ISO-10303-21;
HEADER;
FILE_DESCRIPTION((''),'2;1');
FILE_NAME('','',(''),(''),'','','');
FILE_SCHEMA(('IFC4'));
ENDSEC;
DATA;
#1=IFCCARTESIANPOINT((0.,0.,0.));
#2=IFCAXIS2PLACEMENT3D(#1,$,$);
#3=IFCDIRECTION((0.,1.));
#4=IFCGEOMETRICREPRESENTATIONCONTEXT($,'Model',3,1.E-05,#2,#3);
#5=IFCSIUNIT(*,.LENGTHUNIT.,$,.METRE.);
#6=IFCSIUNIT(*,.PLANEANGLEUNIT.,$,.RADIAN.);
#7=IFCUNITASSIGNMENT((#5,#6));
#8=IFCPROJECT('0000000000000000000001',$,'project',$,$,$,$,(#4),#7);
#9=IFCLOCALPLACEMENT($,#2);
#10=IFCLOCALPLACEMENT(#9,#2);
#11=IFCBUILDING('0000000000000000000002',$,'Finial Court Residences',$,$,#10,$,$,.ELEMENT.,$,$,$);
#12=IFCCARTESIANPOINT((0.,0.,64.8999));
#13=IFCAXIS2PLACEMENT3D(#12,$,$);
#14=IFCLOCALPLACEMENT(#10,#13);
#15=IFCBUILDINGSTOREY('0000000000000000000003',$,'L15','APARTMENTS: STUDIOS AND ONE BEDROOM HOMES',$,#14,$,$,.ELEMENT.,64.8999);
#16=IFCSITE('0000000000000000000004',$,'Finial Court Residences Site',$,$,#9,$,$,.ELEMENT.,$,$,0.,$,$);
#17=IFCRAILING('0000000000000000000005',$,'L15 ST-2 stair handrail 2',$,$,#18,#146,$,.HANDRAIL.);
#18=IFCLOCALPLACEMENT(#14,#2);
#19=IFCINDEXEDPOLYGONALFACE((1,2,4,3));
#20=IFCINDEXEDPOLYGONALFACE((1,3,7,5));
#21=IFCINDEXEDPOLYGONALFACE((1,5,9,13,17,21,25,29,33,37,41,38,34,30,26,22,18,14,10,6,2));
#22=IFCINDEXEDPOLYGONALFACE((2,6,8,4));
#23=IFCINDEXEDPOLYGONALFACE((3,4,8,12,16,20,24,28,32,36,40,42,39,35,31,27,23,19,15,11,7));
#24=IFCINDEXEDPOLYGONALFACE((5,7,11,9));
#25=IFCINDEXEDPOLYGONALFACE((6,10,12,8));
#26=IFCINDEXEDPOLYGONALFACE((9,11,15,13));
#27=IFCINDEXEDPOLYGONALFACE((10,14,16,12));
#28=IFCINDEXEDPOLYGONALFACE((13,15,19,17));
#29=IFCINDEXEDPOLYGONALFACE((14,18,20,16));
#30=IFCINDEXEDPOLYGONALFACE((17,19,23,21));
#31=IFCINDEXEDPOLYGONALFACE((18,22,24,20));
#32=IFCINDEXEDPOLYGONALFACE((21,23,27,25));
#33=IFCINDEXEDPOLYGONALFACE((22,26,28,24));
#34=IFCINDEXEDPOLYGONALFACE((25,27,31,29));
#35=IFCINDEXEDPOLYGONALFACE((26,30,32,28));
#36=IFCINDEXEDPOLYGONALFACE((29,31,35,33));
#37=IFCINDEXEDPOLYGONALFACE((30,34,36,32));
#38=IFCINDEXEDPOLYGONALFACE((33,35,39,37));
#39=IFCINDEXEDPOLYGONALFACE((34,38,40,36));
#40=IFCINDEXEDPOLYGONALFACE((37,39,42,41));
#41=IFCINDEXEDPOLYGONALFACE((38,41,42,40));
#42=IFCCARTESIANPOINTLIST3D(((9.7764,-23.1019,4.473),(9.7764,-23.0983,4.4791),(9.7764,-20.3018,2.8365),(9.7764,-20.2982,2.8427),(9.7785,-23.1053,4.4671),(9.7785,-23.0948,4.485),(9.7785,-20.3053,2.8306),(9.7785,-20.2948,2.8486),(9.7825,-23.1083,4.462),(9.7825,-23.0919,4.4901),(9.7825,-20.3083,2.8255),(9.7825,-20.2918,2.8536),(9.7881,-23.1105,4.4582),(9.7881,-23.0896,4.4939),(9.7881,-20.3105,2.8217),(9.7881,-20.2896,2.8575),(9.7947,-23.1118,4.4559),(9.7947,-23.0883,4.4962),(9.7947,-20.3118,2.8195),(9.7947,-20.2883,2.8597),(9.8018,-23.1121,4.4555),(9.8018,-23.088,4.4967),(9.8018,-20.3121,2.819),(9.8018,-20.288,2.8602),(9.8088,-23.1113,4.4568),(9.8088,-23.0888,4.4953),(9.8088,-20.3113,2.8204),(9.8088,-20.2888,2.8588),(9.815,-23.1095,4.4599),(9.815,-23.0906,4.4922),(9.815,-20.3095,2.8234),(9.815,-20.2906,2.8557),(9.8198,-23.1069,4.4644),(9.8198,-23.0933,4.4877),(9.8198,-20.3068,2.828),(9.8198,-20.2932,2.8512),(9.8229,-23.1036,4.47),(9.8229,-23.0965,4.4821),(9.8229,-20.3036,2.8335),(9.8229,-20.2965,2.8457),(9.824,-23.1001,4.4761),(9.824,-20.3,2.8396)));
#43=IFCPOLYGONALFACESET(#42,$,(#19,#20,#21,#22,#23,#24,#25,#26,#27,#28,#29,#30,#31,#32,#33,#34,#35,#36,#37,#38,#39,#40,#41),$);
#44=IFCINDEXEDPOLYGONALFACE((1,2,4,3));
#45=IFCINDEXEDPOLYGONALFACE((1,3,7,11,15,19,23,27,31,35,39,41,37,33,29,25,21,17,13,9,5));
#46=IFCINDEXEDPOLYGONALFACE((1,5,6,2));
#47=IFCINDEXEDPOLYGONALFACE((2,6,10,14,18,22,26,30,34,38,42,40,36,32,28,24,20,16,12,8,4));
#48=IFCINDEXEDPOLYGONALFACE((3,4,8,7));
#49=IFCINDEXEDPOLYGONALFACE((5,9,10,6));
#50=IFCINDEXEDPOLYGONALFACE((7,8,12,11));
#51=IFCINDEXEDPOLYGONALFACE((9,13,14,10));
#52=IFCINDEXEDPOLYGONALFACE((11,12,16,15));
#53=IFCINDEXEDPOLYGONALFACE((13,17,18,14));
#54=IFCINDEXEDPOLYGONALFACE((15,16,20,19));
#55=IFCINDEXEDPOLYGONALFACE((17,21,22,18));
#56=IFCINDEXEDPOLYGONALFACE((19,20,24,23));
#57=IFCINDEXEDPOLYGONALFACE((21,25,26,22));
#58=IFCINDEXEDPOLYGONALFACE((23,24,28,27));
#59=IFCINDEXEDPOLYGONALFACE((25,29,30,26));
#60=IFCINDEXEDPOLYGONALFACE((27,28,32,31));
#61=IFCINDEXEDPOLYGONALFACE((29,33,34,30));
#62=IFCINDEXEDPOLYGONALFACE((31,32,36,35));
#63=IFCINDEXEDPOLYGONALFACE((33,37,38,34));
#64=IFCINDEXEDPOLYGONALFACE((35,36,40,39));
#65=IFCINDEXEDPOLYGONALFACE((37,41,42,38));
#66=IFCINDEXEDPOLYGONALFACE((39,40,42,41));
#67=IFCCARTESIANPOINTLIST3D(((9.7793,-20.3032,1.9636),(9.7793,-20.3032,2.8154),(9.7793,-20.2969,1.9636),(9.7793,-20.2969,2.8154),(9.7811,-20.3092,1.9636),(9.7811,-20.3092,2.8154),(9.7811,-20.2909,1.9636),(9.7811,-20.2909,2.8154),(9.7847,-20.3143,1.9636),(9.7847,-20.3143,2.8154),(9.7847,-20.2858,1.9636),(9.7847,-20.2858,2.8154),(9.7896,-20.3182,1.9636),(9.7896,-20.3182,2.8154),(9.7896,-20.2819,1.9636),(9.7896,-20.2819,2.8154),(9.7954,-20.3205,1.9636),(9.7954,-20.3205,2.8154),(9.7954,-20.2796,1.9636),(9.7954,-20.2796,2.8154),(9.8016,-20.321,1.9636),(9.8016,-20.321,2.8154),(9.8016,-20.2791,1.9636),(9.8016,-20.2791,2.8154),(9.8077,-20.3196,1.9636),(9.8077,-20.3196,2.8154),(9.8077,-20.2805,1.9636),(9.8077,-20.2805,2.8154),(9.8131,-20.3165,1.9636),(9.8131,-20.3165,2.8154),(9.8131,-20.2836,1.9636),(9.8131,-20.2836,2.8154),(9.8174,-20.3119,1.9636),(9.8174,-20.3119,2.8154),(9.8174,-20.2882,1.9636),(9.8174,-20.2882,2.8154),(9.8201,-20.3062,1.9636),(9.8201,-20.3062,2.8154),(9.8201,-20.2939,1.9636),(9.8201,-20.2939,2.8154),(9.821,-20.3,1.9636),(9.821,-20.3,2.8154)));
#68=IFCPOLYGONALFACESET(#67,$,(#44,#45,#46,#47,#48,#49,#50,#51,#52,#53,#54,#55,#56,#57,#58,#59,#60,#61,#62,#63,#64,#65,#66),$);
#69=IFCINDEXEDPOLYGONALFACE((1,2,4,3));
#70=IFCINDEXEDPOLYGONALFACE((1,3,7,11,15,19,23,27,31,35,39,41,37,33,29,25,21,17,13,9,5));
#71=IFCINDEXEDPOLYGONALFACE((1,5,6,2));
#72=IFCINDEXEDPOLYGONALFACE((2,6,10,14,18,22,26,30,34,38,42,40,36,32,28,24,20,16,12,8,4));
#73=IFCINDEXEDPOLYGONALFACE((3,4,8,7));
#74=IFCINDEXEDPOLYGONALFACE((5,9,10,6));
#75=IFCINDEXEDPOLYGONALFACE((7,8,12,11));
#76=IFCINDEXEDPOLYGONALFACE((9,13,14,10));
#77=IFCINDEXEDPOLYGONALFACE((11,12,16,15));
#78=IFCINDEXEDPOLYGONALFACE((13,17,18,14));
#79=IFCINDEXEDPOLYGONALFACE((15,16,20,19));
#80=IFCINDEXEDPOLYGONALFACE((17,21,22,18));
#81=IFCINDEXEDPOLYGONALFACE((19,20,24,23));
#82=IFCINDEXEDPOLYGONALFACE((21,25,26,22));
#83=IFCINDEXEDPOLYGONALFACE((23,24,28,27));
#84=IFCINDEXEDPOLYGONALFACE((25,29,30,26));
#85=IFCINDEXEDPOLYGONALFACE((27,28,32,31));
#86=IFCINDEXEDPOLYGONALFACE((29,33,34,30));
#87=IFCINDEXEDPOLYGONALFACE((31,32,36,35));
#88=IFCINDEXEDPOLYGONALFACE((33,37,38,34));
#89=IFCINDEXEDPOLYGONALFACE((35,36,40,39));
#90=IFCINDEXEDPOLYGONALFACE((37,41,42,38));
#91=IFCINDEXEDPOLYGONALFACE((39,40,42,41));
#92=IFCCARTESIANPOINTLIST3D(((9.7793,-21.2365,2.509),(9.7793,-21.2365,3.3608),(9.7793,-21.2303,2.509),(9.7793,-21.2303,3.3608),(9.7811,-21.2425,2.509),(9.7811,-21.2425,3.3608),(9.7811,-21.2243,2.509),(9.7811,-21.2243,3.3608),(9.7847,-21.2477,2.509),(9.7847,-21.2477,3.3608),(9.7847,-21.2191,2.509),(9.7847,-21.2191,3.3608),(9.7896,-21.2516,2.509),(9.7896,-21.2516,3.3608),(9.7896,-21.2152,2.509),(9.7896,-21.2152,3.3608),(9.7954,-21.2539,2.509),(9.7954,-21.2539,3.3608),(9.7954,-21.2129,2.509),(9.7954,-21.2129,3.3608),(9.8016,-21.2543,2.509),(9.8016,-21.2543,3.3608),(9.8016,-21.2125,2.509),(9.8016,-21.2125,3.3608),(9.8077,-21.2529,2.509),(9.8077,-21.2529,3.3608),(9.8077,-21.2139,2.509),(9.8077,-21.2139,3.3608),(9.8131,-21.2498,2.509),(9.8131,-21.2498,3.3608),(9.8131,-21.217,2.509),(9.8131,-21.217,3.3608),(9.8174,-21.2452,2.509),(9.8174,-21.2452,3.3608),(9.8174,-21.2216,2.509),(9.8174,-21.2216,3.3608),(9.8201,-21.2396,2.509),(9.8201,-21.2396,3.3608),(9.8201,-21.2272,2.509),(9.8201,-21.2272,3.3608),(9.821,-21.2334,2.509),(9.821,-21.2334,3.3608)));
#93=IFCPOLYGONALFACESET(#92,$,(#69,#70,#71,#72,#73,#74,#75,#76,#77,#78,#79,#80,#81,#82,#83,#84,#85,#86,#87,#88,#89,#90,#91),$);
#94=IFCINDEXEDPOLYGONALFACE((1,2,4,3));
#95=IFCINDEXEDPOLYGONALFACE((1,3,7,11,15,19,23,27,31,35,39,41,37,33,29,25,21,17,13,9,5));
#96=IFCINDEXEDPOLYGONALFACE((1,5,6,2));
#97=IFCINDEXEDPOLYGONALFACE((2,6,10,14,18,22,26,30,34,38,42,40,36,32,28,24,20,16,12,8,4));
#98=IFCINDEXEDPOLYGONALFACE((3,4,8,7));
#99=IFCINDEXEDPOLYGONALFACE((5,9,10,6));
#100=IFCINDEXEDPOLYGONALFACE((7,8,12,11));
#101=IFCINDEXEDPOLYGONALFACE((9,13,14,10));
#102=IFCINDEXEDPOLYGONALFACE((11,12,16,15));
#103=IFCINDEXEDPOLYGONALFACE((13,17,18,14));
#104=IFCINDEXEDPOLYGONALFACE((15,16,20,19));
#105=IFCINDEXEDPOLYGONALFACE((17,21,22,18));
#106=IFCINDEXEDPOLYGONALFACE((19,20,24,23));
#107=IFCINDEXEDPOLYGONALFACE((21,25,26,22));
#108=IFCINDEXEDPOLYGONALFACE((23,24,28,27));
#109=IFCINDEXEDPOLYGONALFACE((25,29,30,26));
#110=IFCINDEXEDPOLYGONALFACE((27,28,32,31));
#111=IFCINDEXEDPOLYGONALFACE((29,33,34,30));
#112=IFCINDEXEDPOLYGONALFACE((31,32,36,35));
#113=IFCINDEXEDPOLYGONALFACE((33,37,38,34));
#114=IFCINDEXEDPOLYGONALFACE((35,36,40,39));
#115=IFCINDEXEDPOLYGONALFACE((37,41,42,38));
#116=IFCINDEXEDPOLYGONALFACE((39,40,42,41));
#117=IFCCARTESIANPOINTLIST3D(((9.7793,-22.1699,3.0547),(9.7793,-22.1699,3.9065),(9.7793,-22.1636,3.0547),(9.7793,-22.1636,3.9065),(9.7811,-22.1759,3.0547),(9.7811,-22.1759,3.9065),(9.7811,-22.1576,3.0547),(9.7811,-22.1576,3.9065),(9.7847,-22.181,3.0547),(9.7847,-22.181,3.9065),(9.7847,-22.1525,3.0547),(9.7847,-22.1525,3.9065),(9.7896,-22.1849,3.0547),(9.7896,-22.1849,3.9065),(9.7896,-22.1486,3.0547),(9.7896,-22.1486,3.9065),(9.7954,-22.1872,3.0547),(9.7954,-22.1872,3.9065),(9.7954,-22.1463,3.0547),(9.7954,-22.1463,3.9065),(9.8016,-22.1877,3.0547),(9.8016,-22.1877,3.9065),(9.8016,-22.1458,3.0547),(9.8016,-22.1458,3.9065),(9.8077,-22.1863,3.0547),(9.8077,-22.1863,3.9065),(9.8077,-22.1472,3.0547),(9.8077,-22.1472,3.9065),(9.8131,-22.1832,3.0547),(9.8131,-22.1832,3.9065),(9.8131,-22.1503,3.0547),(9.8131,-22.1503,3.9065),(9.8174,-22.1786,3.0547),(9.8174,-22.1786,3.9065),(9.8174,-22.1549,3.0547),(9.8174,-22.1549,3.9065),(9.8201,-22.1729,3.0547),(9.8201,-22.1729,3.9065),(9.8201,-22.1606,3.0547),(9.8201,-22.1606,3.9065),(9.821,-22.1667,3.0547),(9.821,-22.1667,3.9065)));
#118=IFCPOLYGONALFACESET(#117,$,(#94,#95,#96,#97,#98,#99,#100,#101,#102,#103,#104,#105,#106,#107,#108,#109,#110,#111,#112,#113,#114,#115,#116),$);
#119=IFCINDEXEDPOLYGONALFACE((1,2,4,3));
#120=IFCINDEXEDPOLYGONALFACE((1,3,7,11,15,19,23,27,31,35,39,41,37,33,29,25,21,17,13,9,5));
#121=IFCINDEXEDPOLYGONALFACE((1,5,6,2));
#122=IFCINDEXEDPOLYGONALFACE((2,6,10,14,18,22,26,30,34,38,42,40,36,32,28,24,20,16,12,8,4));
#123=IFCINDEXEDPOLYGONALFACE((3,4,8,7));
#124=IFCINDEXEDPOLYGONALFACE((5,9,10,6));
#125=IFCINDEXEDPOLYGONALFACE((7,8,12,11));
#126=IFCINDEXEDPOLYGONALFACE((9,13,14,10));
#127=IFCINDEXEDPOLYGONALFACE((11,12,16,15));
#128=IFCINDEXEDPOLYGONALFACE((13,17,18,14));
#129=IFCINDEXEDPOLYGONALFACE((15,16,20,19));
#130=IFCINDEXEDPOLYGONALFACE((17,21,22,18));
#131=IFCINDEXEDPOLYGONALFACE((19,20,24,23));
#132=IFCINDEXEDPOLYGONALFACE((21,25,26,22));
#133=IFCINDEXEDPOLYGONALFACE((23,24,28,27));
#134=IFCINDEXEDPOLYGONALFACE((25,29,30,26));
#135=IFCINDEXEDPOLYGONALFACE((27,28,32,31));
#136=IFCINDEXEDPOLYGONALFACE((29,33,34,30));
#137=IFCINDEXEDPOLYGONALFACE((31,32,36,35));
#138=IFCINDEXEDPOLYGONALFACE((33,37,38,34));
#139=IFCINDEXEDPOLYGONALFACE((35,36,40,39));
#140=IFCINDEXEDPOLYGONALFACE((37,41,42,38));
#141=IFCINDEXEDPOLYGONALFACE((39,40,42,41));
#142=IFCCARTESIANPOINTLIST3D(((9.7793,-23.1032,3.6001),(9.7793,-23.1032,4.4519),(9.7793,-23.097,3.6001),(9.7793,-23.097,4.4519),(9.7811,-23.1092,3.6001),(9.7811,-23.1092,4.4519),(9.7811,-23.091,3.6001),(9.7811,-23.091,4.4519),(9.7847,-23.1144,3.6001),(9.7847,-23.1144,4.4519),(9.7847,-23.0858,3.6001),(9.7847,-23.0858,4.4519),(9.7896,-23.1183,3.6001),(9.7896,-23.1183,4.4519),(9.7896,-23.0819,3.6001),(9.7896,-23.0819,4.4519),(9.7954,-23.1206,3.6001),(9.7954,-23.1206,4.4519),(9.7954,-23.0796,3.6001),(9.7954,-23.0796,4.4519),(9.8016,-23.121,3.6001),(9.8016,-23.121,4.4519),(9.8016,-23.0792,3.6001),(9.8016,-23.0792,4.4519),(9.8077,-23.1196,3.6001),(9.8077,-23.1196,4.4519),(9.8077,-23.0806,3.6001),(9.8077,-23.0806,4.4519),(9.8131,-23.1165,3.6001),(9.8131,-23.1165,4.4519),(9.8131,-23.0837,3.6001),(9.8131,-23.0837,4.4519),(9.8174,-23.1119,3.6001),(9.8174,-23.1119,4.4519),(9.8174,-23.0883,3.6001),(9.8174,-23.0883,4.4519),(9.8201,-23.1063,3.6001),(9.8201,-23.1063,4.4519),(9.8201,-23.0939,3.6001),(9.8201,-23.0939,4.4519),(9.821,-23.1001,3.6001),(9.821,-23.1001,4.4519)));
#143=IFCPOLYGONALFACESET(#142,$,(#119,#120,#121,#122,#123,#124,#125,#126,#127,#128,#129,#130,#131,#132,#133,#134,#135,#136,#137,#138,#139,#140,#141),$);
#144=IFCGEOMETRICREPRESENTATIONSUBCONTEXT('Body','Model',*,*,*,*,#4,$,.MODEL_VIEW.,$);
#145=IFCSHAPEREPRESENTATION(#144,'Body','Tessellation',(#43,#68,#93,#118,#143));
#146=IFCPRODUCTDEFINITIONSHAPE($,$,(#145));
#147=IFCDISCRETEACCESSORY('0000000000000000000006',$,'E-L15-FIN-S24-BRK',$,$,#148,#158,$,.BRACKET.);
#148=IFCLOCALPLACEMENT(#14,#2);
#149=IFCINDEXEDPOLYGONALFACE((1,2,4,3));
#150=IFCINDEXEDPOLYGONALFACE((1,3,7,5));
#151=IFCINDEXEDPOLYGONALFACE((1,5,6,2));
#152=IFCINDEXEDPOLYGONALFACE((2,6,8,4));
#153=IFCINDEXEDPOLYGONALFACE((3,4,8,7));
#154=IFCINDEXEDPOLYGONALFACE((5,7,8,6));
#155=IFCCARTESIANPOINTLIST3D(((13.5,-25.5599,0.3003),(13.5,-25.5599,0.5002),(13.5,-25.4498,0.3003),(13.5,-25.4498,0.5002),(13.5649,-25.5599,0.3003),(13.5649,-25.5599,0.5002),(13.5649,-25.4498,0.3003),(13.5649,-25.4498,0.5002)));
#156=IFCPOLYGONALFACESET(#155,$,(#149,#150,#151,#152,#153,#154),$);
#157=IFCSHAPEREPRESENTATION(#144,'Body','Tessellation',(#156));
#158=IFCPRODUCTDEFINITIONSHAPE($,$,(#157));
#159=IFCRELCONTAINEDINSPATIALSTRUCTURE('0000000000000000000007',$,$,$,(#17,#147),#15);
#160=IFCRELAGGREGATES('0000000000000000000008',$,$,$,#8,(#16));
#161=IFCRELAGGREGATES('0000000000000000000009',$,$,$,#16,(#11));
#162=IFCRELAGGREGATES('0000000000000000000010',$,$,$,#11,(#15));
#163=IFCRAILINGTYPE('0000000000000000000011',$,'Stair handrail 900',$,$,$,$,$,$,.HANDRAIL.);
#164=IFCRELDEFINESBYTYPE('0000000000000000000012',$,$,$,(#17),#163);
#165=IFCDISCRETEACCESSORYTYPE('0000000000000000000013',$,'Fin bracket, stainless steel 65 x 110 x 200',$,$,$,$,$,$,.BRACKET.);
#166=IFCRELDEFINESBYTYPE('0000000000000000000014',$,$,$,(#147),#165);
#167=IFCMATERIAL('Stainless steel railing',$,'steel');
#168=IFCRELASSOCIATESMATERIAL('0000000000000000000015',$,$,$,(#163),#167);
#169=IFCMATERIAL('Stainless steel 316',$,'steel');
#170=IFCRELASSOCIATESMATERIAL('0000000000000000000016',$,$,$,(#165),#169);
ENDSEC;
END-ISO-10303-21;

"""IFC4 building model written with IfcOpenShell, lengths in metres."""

from ifc_helpers import new_model, si_unit, direction, frame, origin, origin_2d, place, context, subcontext, project, spatial, rectangle, circle, extrude, material, type_object, element, save


model = new_model("IFC4")

# Units and contexts
model_context = context("Model", 3, precision=1e-05, world=origin(), true_north=direction((0.0, 1.0)))
body_context = subcontext(model_context, "Body", "Model", "MODEL_VIEW")
ifc_project = project(units=[si_unit("LENGTHUNIT", "METRE"), si_unit("PLANEANGLEUNIT", "RADIAN")], contexts=[model_context])

# Site, building, storey
site_placement = place(None, origin())
site = spatial("IfcSite", under=ifc_project, at=site_placement, Name="Finial Court Residences Site", CompositionType="ELEMENT", RefElevation=0.0)
building_placement = place(site_placement, origin())
building = spatial("IfcBuilding", under=site, at=building_placement, Name="Finial Court Residences", CompositionType="ELEMENT")
storey_placement = place(building_placement, frame((0.0, 0.0, 64.8999)))
storey = spatial("IfcBuildingStorey", under=building, at=storey_placement, Name="L15", Description="APARTMENTS: STUDIOS AND ONE BEDROOM HOMES", CompositionType="ELEMENT", Elevation=64.8999)

# Railing
ifc_material_1 = material(Name="Stainless steel railing", Category="steel")
railing_type_1 = type_object("IfcRailingType", Name="Stair handrail 900", PredefinedType="HANDRAIL", material=ifc_material_1)
railing_1_placement = place(storey_placement, frame((9.8, -20.3, 1.9636)))
element("IfcRailing", 1, at=railing_1_placement, inside=storey, type_object=railing_type_1, Name="L15 ST-2 stair handrail 2", PredefinedType="HANDRAIL", context=body_context, shape_type="SweptSolid", body=[
    extrude(circle(Radius=0.0239, at=origin_2d()), frame((0.0, 0.0, 0.876), z_axis=(0.0, -0.863361, 0.504587), x_axis=(1.0, 0.0, 0.0)), (0.0, 0.0, 1.0), 3.2432),
    extrude(circle(Radius=0.021, at=origin_2d()), origin(), (0.0, 0.0, 1.0), 0.8518),
    extrude(circle(Radius=0.021, at=origin_2d()), frame((0.0, -0.9333, 0.5454)), (0.0, 0.0, 1.0), 0.8518),
    extrude(circle(Radius=0.021, at=origin_2d()), frame((0.0, -1.8667, 1.0911)), (0.0, 0.0, 1.0), 0.8518),
    extrude(circle(Radius=0.021, at=origin_2d()), frame((0.0, -2.8, 1.6365)), (0.0, 0.0, 1.0), 0.8518),
])

# Discrete accessory
ifc_material_2 = material(Name="Stainless steel 316", Category="steel")
discrete_accessory_type = type_object("IfcDiscreteAccessoryType", Name="Fin bracket, stainless steel 65 x 110 x 200", PredefinedType="BRACKET", material=ifc_material_2)
discrete_accessory_placement = place(storey_placement, frame((13.5325, -25.5049, 0.3003), z_axis=(0.0, 0.0, 1.0), x_axis=(1.0, 0.0, 0.0)))
element("IfcDiscreteAccessory", 2, at=discrete_accessory_placement, inside=storey, type_object=discrete_accessory_type, Name="E-L15-FIN-S24-BRK", PredefinedType="BRACKET", context=body_context, shape_type="SweptSolid", body=[
    extrude(rectangle(XDim=0.0649, YDim=0.1101, at=origin_2d()), origin(), (0.0, 0.0, 1.0), 0.2),
])

save(model, "model.ifc")
